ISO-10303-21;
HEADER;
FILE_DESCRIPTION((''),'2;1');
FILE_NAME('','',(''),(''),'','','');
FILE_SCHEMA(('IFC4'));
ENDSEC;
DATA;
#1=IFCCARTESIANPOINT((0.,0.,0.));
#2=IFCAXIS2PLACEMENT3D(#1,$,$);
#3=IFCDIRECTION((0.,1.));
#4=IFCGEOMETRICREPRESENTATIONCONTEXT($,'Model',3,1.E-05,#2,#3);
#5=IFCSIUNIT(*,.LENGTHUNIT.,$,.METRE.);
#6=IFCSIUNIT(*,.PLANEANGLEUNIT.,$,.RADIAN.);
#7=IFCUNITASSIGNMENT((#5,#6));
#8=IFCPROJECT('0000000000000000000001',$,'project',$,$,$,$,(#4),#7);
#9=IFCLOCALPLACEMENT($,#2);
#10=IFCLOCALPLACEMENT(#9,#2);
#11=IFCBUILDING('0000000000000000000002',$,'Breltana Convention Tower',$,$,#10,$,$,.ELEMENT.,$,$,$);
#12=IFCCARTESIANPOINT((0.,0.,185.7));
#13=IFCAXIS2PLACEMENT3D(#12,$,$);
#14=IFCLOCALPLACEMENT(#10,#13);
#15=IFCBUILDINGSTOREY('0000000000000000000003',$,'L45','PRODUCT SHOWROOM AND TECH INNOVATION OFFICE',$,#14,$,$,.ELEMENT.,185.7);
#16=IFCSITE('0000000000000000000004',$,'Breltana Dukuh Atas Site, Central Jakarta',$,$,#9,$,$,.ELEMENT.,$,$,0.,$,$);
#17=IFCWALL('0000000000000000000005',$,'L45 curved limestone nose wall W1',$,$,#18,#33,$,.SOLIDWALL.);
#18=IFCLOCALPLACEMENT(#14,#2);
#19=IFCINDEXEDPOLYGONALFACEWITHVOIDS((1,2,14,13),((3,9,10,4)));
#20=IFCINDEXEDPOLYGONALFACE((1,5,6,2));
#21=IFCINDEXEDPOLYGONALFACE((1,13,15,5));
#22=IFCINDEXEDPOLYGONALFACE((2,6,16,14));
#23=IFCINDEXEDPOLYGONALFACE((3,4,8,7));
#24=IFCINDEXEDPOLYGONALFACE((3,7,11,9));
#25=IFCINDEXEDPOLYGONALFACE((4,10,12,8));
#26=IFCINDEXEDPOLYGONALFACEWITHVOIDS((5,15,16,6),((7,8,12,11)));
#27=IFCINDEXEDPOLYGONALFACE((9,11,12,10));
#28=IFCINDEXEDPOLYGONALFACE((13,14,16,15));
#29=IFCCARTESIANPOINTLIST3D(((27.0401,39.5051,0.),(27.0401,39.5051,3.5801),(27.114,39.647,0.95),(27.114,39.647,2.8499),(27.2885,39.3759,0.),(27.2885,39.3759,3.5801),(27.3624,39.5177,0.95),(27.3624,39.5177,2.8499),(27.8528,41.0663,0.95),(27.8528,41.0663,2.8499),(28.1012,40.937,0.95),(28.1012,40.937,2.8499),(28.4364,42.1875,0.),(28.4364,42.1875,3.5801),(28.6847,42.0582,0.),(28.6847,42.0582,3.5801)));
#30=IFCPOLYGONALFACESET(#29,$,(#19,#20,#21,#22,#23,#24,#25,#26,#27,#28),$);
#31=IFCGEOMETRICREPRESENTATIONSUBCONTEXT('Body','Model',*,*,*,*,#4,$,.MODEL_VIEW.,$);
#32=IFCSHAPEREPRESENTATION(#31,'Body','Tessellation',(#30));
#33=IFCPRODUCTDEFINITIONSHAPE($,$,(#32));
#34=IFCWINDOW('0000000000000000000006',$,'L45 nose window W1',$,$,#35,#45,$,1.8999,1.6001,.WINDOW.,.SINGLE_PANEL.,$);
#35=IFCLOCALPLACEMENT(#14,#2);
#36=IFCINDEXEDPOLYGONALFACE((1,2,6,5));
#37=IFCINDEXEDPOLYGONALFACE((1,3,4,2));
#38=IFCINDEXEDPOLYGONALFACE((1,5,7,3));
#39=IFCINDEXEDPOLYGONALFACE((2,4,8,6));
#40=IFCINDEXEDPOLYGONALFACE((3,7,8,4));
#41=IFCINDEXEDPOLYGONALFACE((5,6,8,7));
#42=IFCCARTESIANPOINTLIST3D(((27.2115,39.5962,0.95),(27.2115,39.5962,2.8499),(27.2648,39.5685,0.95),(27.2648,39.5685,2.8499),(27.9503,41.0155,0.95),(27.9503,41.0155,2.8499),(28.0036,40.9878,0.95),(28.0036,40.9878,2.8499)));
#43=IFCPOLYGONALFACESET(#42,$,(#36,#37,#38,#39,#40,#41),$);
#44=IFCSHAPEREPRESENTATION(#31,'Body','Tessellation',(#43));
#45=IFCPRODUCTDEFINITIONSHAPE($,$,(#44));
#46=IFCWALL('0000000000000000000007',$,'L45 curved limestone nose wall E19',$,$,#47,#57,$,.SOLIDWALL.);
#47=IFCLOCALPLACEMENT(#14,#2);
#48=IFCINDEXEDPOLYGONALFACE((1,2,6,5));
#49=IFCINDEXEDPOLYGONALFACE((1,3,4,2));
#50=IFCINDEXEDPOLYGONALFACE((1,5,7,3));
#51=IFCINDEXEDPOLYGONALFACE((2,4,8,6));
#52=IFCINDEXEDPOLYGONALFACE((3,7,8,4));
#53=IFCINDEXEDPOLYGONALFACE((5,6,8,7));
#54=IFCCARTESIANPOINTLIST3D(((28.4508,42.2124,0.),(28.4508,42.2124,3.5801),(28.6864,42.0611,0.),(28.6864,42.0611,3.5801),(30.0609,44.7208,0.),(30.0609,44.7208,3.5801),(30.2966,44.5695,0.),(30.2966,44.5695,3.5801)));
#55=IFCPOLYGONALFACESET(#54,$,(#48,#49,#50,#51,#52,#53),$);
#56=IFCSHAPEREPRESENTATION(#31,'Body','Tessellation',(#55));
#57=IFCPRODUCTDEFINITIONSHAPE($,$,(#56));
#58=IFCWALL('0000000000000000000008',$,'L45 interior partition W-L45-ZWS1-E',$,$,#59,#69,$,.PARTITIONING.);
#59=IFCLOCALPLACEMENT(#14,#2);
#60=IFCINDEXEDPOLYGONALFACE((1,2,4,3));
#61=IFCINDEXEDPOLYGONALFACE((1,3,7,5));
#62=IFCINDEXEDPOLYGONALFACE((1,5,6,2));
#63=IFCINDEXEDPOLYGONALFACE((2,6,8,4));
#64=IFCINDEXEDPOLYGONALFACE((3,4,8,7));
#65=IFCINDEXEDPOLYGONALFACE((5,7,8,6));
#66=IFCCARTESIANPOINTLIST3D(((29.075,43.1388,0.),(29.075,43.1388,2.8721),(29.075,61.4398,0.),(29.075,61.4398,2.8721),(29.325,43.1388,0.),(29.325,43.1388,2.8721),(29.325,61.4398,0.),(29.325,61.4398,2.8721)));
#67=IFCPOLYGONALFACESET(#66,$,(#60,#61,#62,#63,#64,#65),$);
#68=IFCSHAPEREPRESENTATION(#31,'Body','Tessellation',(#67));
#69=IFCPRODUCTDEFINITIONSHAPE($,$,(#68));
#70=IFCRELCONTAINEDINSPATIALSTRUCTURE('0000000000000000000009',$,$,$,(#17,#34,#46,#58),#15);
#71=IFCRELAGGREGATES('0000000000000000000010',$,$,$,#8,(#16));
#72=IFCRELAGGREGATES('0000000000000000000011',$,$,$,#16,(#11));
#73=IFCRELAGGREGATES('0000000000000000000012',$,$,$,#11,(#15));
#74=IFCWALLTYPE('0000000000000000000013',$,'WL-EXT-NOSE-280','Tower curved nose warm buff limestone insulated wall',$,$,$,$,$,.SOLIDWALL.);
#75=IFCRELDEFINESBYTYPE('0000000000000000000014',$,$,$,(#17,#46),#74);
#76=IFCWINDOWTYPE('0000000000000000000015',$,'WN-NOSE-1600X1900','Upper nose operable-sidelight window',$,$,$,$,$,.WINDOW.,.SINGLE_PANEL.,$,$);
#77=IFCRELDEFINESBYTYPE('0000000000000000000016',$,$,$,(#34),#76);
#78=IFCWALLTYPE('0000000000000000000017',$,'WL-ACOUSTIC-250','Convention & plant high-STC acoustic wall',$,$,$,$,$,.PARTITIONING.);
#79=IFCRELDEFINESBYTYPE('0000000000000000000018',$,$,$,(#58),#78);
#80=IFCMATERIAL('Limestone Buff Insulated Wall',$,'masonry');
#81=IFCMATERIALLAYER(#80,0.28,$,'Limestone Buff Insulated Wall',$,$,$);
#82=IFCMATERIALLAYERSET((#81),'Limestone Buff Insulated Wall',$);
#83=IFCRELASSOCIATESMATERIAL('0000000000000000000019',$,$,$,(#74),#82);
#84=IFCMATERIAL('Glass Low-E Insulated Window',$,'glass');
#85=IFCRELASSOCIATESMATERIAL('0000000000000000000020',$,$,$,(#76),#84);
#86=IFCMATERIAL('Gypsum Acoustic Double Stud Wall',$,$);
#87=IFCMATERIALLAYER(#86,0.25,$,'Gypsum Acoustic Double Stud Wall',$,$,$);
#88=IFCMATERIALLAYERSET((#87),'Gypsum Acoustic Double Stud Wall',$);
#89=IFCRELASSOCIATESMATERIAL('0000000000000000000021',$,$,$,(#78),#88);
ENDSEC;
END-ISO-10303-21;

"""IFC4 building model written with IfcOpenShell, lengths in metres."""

from ifc_helpers import new_model, si_unit, direction, frame, frame_2d, origin, place, context, subcontext, project, spatial, rectangle, extrude, source, transform, mapped, material, layer, layer_set, type_object, type_shapes, element, fill, save


model = new_model("IFC4")

# Units and contexts
model_context = context("Model", 3, precision=1e-05, world=origin(), true_north=direction((0.0, 1.0)))
body_context = subcontext(model_context, "Body", "Model", "MODEL_VIEW")
ifc_project = project(units=[si_unit("LENGTHUNIT", "METRE"), si_unit("PLANEANGLEUNIT", "RADIAN")], contexts=[model_context])

# Site, building, storey
site_placement = place(None, origin())
site = spatial("IfcSite", under=ifc_project, at=site_placement, Name="Breltana Dukuh Atas Site, Central Jakarta", CompositionType="ELEMENT", RefElevation=0.0)
building_placement = place(site_placement, origin())
building = spatial("IfcBuilding", under=site, at=building_placement, Name="Breltana Convention Tower", CompositionType="ELEMENT")
storey_placement = place(building_placement, frame((0.0, 0.0, 185.7)))
storey = spatial("IfcBuildingStorey", under=building, at=storey_placement, Name="L45", Description="PRODUCT SHOWROOM AND TECH INNOVATION OFFICE", CompositionType="ELEMENT", Elevation=185.7)

# Wall, opening, window
ifc_material_1 = material(Name="Limestone Buff Insulated Wall", Category="masonry")
ifc_layer_1 = layer(ifc_material_1, 0.28, Name="Limestone Buff Insulated Wall")
ifc_layer_set_1 = layer_set([ifc_layer_1], Name="Limestone Buff Insulated Wall")
wall_type_1 = type_object("IfcWallType", Name="WL-EXT-NOSE-280", Description="Tower curved nose warm buff limestone insulated wall", PredefinedType="SOLIDWALL", material=ifc_layer_set_1)
ifc_material_2 = material(Name="Glass Low-E Insulated Window", Category="glass")
shared_shape_1 = source(origin(), body_context, "Body", "SweptSolid", [
    extrude(rectangle(XDim=3.0239, YDim=0.28, at=frame_2d((1.512, 0.0))), origin(), (0.0, 0.0, 1.0), 3.5801),
])
wall_1_placement = place(storey_placement, frame((28.5605, 42.1228, 0.0), z_axis=(0.0, 0.0, 1.0), x_axis=(-0.461719, -0.887026, 0.0)))
wall_1 = element("IfcWall", 1, at=wall_1_placement, inside=storey, type_object=wall_type_1, Name="L45 curved limestone nose wall W1", PredefinedType="SOLIDWALL", context=body_context, shape_type="MappedRepresentation", body=[
    mapped(shared_shape_1, transform((0.0, 0.0, 0.0), scale=1.0)),
])
opening_1_placement = place(wall_1_placement, frame((1.2639, 0.0, 0.95)))
opening_1 = element("IfcOpeningElement", 2, at=opening_1_placement, cuts=wall_1, PredefinedType="OPENING", context=body_context, shape_type="SweptSolid", body=[
    extrude(rectangle(XDim=1.6001, YDim=1.8999, at=frame_2d((0.8, 0.95))), frame((0.0, 0.1499, 0.0), z_axis=(0.0, -1.0, 0.0), x_axis=(1.0, 0.0, 0.0)), (0.0, 0.0, 1.0), 0.3),
])
window_type_1 = type_object("IfcWindowType", Name="WN-NOSE-1600X1900", Description="Upper nose operable-sidelight window", PartitioningType="SINGLE_PANEL", PredefinedType="WINDOW", material=ifc_material_2)
shared_shape_2 = source(origin(), body_context, "Body", "SweptSolid", [
    extrude(rectangle(XDim=1.6001, YDim=1.8999, at=frame_2d((0.8, 0.95))), frame((0.0, 0.03, 0.0), z_axis=(0.0, -1.0, 0.0), x_axis=(1.0, 0.0, 0.0)), (0.0, 0.0, 1.0), 0.0601),
])
type_shapes(window_type_1, [shared_shape_2])
window_1_placement = place(opening_1_placement, origin())
window_1 = element("IfcWindow", 3, at=window_1_placement, inside=storey, type_object=window_type_1, Name="L45 nose window W1", OverallHeight=1.8999, OverallWidth=1.6001, PartitioningType="SINGLE_PANEL", PredefinedType="WINDOW", context=body_context, shape_type="MappedRepresentation", body=[
    mapped(shared_shape_2, transform((0.0, 0.0, 0.0), scale=1.0)),
])
fill(opening_1, window_1)

# Walls
shared_shape_3 = source(origin(), body_context, "Body", "SweptSolid", [
    extrude(rectangle(XDim=2.9807, YDim=0.28, at=frame_2d((1.4902, 0.0))), origin(), (0.0, 0.0, 1.0), 3.5801),
])
wall_2_placement = place(storey_placement, frame((30.1787, 44.645, 0.0), z_axis=(0.0, 0.0, 1.0), x_axis=(-0.540194, -0.84154, 0.0)))
element("IfcWall", 4, at=wall_2_placement, inside=storey, type_object=wall_type_1, Name="L45 curved limestone nose wall E19", PredefinedType="SOLIDWALL", context=body_context, shape_type="MappedRepresentation", body=[
    mapped(shared_shape_3, transform((0.0, 0.0, 0.0), scale=1.0)),
])
ifc_material_3 = material(Name="Gypsum Acoustic Double Stud Wall")
ifc_layer_2 = layer(ifc_material_3, 0.25, Name="Gypsum Acoustic Double Stud Wall")
ifc_layer_set_2 = layer_set([ifc_layer_2], Name="Gypsum Acoustic Double Stud Wall")
wall_type_2 = type_object("IfcWallType", Name="WL-ACOUSTIC-250", Description="Convention & plant high-STC acoustic wall", PredefinedType="PARTITIONING", material=ifc_layer_set_2)
shared_shape_4 = source(origin(), body_context, "Body", "SweptSolid", [
    extrude(rectangle(XDim=18.301, YDim=0.25, at=frame_2d((9.1504, 0.0))), origin(), (0.0, 0.0, 1.0), 2.8721),
])
wall_3_placement = place(storey_placement, frame((29.2, 43.1389, 0.0), z_axis=(0.0, 0.0, 1.0), x_axis=(0.0, 1.0, 0.0)))
element("IfcWall", 5, at=wall_3_placement, inside=storey, type_object=wall_type_2, Name="L45 interior partition W-L45-ZWS1-E", PredefinedType="PARTITIONING", context=body_context, shape_type="MappedRepresentation", body=[
    mapped(shared_shape_4, transform((0.0, 0.0, 0.0), scale=1.0)),
])

save(model, "model.ifc")
